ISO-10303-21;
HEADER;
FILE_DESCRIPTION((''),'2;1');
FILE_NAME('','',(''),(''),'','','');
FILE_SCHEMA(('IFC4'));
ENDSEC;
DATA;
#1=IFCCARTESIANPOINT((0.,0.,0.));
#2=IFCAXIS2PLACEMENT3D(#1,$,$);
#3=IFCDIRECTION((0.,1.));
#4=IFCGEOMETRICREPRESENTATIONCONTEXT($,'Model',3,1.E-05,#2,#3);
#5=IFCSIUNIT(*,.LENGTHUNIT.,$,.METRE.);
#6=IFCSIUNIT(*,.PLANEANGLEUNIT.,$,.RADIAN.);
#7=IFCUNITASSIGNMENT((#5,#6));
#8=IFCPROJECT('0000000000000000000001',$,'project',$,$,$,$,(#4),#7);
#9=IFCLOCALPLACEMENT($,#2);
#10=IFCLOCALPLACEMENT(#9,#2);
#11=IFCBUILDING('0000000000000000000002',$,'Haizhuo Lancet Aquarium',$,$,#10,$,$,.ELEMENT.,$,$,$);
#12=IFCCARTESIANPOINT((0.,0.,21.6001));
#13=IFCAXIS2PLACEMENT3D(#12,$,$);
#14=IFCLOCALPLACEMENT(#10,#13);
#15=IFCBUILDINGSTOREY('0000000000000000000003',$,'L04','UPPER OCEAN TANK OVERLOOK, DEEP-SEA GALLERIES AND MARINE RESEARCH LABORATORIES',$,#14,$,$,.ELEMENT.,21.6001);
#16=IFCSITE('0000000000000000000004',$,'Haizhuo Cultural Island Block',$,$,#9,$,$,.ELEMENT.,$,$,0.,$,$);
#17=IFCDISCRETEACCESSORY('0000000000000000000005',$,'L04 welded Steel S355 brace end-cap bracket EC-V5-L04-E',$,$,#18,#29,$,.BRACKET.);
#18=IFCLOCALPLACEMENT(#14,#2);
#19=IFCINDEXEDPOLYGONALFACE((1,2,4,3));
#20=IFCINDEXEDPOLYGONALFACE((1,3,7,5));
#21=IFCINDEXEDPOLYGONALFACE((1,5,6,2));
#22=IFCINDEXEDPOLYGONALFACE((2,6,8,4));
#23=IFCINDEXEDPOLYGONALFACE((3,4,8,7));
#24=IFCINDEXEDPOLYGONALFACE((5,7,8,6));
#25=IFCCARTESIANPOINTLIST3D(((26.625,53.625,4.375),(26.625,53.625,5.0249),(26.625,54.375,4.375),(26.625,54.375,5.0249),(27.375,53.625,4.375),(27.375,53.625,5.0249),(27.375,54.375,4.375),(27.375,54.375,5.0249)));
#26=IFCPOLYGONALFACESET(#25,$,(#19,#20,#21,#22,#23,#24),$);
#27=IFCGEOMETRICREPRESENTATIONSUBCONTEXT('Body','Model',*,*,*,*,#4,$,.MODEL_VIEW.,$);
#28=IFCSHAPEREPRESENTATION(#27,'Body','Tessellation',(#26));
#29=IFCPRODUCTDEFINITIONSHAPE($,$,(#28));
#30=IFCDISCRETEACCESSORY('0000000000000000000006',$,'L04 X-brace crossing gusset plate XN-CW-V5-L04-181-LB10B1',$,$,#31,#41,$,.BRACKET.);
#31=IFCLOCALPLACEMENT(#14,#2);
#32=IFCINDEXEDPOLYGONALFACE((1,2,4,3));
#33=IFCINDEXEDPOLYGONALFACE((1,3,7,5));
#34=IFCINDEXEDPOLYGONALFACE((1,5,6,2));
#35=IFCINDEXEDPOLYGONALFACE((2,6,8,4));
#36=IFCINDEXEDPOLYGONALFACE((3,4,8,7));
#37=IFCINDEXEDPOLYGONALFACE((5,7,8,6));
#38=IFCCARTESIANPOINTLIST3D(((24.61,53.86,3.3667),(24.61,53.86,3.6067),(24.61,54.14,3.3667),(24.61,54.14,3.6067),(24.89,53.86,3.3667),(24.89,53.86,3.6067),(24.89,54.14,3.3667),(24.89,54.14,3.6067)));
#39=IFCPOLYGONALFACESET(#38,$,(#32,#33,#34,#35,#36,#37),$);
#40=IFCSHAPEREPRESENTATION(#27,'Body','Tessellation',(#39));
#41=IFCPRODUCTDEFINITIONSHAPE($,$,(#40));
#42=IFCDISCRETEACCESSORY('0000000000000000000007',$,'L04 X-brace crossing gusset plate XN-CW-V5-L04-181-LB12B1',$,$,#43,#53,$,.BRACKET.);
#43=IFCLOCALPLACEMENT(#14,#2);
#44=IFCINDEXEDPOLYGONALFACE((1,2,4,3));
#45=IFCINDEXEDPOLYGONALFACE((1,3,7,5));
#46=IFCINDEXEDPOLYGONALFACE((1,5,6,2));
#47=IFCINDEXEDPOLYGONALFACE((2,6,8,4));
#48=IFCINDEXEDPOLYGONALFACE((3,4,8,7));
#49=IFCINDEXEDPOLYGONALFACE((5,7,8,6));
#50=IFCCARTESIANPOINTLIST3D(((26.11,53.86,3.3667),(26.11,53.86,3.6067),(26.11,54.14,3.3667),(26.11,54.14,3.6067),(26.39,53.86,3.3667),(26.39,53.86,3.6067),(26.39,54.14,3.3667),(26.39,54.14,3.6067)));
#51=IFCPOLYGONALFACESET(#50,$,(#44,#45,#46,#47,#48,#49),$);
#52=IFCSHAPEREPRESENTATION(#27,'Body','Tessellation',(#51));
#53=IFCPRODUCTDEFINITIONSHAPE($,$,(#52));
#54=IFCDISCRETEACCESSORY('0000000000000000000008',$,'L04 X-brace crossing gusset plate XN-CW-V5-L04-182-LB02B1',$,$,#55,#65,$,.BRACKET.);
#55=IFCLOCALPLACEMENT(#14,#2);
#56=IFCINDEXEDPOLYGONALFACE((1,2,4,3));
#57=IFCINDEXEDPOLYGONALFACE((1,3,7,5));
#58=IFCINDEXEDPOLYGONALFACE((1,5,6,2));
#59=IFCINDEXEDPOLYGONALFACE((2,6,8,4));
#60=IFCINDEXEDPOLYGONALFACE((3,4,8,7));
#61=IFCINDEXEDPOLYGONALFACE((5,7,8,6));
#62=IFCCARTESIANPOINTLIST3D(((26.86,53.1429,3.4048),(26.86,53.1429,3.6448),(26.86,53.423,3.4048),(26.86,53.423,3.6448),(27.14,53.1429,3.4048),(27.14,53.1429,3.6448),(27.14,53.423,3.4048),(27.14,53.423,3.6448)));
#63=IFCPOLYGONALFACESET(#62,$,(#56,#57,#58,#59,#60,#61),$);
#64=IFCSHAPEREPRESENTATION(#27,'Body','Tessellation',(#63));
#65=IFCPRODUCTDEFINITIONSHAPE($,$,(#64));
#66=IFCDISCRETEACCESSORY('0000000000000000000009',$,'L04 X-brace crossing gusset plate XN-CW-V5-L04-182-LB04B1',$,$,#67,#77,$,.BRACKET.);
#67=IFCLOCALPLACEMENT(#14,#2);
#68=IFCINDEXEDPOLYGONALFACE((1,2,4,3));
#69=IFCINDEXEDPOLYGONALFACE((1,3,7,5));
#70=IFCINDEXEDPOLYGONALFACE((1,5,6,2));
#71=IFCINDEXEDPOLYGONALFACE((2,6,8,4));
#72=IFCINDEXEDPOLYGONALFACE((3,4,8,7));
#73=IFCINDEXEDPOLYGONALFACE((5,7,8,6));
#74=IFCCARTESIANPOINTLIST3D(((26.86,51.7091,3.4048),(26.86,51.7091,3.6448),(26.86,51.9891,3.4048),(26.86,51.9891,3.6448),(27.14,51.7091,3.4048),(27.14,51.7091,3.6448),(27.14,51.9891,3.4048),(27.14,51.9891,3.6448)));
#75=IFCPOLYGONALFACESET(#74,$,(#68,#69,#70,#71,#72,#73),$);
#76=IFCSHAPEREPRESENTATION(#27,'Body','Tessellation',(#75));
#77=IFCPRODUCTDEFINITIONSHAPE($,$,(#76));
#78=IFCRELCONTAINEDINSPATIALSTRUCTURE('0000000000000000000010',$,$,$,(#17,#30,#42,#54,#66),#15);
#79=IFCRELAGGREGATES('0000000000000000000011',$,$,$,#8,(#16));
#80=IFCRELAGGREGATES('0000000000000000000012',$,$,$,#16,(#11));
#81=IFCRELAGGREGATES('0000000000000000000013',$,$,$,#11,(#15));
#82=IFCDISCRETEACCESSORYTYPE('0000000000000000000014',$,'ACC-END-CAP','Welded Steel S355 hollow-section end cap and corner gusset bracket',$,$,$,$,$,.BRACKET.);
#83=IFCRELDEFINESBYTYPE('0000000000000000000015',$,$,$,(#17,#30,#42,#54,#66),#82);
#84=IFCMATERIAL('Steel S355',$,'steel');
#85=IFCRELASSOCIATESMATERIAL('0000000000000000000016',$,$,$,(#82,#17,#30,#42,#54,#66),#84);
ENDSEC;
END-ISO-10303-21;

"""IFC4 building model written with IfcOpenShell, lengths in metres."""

from ifc_helpers import new_model, si_unit, direction, frame, origin, origin_2d, place, context, subcontext, project, spatial, rectangle, extrude, material, type_object, element, save


model = new_model("IFC4")

# Units and contexts
model_context = context("Model", 3, precision=1e-05, world=origin(), true_north=direction((0.0, 1.0)))
body_context = subcontext(model_context, "Body", "Model", "MODEL_VIEW")
ifc_project = project(units=[si_unit("LENGTHUNIT", "METRE"), si_unit("PLANEANGLEUNIT", "RADIAN")], contexts=[model_context])

# Site, building, storey
site_placement = place(None, origin())
site = spatial("IfcSite", under=ifc_project, at=site_placement, Name="Haizhuo Cultural Island Block", CompositionType="ELEMENT", RefElevation=0.0)
building_placement = place(site_placement, origin())
building = spatial("IfcBuilding", under=site, at=building_placement, Name="Haizhuo Lancet Aquarium", CompositionType="ELEMENT")
storey_placement = place(building_placement, frame((0.0, 0.0, 21.6001)))
storey = spatial("IfcBuildingStorey", under=building, at=storey_placement, Name="L04", Description="UPPER OCEAN TANK OVERLOOK, DEEP-SEA GALLERIES AND MARINE RESEARCH LABORATORIES", CompositionType="ELEMENT", Elevation=21.6001)

# Shared definitions
ifc_material_1 = material(Name="Steel S355", Category="steel")

# Discrete accessories
discrete_accessory_type = type_object("IfcDiscreteAccessoryType", Name="ACC-END-CAP", Description="Welded Steel S355 hollow-section end cap and corner gusset bracket", PredefinedType="BRACKET", material=ifc_material_1)
discrete_accessory_placement = place(storey_placement, frame((27.0, 54.0, 4.375), z_axis=(0.0, 0.0, 1.0), x_axis=(1.0, 0.0, 0.0)))
element("IfcDiscreteAccessory", 1, at=discrete_accessory_placement, inside=storey, type_object=discrete_accessory_type, material=ifc_material_1, Name="L04 welded Steel S355 brace end-cap bracket EC-V5-L04-E", PredefinedType="BRACKET", context=body_context, shape_type="SweptSolid", body=[
    extrude(rectangle(XDim=0.75, YDim=0.75, at=origin_2d()), origin(), (0.0, 0.0, 1.0), 0.6499),
])
for number, where, z_axis, x_axis, name in (
    (2, (24.75, 54.0, 3.3667), (0.0, 0.0, 1.0), (1.0, 0.0, 0.0), "L04 X-brace crossing gusset plate XN-CW-V5-L04-181-LB10B1"),
    (3, (26.25, 54.0, 3.3667), (0.0, 0.0, 1.0), (1.0, 0.0, 0.0), "L04 X-brace crossing gusset plate XN-CW-V5-L04-181-LB12B1"),
    (4, (27.0, 53.283, 3.4048), (0.0, 0.0, 1.0), (1.0, 0.0, 0.0), "L04 X-brace crossing gusset plate XN-CW-V5-L04-182-LB02B1"),
    (5, (27.0, 51.8491, 3.4048), (0.0, 0.0, 1.0), (1.0, 0.0, 0.0), "L04 X-brace crossing gusset plate XN-CW-V5-L04-182-LB04B1"),
):
    element("IfcDiscreteAccessory", number, at=place(storey_placement, frame(where, z_axis=z_axis, x_axis=x_axis)), inside=storey, type_object=discrete_accessory_type, material=ifc_material_1, Name=name, PredefinedType="BRACKET", context=body_context, shape_type="SweptSolid", body=[
        extrude(rectangle(XDim=0.28, YDim=0.28, at=origin_2d()), origin(), (0.0, 0.0, 1.0), 0.24),
    ])

save(model, "model.ifc")
